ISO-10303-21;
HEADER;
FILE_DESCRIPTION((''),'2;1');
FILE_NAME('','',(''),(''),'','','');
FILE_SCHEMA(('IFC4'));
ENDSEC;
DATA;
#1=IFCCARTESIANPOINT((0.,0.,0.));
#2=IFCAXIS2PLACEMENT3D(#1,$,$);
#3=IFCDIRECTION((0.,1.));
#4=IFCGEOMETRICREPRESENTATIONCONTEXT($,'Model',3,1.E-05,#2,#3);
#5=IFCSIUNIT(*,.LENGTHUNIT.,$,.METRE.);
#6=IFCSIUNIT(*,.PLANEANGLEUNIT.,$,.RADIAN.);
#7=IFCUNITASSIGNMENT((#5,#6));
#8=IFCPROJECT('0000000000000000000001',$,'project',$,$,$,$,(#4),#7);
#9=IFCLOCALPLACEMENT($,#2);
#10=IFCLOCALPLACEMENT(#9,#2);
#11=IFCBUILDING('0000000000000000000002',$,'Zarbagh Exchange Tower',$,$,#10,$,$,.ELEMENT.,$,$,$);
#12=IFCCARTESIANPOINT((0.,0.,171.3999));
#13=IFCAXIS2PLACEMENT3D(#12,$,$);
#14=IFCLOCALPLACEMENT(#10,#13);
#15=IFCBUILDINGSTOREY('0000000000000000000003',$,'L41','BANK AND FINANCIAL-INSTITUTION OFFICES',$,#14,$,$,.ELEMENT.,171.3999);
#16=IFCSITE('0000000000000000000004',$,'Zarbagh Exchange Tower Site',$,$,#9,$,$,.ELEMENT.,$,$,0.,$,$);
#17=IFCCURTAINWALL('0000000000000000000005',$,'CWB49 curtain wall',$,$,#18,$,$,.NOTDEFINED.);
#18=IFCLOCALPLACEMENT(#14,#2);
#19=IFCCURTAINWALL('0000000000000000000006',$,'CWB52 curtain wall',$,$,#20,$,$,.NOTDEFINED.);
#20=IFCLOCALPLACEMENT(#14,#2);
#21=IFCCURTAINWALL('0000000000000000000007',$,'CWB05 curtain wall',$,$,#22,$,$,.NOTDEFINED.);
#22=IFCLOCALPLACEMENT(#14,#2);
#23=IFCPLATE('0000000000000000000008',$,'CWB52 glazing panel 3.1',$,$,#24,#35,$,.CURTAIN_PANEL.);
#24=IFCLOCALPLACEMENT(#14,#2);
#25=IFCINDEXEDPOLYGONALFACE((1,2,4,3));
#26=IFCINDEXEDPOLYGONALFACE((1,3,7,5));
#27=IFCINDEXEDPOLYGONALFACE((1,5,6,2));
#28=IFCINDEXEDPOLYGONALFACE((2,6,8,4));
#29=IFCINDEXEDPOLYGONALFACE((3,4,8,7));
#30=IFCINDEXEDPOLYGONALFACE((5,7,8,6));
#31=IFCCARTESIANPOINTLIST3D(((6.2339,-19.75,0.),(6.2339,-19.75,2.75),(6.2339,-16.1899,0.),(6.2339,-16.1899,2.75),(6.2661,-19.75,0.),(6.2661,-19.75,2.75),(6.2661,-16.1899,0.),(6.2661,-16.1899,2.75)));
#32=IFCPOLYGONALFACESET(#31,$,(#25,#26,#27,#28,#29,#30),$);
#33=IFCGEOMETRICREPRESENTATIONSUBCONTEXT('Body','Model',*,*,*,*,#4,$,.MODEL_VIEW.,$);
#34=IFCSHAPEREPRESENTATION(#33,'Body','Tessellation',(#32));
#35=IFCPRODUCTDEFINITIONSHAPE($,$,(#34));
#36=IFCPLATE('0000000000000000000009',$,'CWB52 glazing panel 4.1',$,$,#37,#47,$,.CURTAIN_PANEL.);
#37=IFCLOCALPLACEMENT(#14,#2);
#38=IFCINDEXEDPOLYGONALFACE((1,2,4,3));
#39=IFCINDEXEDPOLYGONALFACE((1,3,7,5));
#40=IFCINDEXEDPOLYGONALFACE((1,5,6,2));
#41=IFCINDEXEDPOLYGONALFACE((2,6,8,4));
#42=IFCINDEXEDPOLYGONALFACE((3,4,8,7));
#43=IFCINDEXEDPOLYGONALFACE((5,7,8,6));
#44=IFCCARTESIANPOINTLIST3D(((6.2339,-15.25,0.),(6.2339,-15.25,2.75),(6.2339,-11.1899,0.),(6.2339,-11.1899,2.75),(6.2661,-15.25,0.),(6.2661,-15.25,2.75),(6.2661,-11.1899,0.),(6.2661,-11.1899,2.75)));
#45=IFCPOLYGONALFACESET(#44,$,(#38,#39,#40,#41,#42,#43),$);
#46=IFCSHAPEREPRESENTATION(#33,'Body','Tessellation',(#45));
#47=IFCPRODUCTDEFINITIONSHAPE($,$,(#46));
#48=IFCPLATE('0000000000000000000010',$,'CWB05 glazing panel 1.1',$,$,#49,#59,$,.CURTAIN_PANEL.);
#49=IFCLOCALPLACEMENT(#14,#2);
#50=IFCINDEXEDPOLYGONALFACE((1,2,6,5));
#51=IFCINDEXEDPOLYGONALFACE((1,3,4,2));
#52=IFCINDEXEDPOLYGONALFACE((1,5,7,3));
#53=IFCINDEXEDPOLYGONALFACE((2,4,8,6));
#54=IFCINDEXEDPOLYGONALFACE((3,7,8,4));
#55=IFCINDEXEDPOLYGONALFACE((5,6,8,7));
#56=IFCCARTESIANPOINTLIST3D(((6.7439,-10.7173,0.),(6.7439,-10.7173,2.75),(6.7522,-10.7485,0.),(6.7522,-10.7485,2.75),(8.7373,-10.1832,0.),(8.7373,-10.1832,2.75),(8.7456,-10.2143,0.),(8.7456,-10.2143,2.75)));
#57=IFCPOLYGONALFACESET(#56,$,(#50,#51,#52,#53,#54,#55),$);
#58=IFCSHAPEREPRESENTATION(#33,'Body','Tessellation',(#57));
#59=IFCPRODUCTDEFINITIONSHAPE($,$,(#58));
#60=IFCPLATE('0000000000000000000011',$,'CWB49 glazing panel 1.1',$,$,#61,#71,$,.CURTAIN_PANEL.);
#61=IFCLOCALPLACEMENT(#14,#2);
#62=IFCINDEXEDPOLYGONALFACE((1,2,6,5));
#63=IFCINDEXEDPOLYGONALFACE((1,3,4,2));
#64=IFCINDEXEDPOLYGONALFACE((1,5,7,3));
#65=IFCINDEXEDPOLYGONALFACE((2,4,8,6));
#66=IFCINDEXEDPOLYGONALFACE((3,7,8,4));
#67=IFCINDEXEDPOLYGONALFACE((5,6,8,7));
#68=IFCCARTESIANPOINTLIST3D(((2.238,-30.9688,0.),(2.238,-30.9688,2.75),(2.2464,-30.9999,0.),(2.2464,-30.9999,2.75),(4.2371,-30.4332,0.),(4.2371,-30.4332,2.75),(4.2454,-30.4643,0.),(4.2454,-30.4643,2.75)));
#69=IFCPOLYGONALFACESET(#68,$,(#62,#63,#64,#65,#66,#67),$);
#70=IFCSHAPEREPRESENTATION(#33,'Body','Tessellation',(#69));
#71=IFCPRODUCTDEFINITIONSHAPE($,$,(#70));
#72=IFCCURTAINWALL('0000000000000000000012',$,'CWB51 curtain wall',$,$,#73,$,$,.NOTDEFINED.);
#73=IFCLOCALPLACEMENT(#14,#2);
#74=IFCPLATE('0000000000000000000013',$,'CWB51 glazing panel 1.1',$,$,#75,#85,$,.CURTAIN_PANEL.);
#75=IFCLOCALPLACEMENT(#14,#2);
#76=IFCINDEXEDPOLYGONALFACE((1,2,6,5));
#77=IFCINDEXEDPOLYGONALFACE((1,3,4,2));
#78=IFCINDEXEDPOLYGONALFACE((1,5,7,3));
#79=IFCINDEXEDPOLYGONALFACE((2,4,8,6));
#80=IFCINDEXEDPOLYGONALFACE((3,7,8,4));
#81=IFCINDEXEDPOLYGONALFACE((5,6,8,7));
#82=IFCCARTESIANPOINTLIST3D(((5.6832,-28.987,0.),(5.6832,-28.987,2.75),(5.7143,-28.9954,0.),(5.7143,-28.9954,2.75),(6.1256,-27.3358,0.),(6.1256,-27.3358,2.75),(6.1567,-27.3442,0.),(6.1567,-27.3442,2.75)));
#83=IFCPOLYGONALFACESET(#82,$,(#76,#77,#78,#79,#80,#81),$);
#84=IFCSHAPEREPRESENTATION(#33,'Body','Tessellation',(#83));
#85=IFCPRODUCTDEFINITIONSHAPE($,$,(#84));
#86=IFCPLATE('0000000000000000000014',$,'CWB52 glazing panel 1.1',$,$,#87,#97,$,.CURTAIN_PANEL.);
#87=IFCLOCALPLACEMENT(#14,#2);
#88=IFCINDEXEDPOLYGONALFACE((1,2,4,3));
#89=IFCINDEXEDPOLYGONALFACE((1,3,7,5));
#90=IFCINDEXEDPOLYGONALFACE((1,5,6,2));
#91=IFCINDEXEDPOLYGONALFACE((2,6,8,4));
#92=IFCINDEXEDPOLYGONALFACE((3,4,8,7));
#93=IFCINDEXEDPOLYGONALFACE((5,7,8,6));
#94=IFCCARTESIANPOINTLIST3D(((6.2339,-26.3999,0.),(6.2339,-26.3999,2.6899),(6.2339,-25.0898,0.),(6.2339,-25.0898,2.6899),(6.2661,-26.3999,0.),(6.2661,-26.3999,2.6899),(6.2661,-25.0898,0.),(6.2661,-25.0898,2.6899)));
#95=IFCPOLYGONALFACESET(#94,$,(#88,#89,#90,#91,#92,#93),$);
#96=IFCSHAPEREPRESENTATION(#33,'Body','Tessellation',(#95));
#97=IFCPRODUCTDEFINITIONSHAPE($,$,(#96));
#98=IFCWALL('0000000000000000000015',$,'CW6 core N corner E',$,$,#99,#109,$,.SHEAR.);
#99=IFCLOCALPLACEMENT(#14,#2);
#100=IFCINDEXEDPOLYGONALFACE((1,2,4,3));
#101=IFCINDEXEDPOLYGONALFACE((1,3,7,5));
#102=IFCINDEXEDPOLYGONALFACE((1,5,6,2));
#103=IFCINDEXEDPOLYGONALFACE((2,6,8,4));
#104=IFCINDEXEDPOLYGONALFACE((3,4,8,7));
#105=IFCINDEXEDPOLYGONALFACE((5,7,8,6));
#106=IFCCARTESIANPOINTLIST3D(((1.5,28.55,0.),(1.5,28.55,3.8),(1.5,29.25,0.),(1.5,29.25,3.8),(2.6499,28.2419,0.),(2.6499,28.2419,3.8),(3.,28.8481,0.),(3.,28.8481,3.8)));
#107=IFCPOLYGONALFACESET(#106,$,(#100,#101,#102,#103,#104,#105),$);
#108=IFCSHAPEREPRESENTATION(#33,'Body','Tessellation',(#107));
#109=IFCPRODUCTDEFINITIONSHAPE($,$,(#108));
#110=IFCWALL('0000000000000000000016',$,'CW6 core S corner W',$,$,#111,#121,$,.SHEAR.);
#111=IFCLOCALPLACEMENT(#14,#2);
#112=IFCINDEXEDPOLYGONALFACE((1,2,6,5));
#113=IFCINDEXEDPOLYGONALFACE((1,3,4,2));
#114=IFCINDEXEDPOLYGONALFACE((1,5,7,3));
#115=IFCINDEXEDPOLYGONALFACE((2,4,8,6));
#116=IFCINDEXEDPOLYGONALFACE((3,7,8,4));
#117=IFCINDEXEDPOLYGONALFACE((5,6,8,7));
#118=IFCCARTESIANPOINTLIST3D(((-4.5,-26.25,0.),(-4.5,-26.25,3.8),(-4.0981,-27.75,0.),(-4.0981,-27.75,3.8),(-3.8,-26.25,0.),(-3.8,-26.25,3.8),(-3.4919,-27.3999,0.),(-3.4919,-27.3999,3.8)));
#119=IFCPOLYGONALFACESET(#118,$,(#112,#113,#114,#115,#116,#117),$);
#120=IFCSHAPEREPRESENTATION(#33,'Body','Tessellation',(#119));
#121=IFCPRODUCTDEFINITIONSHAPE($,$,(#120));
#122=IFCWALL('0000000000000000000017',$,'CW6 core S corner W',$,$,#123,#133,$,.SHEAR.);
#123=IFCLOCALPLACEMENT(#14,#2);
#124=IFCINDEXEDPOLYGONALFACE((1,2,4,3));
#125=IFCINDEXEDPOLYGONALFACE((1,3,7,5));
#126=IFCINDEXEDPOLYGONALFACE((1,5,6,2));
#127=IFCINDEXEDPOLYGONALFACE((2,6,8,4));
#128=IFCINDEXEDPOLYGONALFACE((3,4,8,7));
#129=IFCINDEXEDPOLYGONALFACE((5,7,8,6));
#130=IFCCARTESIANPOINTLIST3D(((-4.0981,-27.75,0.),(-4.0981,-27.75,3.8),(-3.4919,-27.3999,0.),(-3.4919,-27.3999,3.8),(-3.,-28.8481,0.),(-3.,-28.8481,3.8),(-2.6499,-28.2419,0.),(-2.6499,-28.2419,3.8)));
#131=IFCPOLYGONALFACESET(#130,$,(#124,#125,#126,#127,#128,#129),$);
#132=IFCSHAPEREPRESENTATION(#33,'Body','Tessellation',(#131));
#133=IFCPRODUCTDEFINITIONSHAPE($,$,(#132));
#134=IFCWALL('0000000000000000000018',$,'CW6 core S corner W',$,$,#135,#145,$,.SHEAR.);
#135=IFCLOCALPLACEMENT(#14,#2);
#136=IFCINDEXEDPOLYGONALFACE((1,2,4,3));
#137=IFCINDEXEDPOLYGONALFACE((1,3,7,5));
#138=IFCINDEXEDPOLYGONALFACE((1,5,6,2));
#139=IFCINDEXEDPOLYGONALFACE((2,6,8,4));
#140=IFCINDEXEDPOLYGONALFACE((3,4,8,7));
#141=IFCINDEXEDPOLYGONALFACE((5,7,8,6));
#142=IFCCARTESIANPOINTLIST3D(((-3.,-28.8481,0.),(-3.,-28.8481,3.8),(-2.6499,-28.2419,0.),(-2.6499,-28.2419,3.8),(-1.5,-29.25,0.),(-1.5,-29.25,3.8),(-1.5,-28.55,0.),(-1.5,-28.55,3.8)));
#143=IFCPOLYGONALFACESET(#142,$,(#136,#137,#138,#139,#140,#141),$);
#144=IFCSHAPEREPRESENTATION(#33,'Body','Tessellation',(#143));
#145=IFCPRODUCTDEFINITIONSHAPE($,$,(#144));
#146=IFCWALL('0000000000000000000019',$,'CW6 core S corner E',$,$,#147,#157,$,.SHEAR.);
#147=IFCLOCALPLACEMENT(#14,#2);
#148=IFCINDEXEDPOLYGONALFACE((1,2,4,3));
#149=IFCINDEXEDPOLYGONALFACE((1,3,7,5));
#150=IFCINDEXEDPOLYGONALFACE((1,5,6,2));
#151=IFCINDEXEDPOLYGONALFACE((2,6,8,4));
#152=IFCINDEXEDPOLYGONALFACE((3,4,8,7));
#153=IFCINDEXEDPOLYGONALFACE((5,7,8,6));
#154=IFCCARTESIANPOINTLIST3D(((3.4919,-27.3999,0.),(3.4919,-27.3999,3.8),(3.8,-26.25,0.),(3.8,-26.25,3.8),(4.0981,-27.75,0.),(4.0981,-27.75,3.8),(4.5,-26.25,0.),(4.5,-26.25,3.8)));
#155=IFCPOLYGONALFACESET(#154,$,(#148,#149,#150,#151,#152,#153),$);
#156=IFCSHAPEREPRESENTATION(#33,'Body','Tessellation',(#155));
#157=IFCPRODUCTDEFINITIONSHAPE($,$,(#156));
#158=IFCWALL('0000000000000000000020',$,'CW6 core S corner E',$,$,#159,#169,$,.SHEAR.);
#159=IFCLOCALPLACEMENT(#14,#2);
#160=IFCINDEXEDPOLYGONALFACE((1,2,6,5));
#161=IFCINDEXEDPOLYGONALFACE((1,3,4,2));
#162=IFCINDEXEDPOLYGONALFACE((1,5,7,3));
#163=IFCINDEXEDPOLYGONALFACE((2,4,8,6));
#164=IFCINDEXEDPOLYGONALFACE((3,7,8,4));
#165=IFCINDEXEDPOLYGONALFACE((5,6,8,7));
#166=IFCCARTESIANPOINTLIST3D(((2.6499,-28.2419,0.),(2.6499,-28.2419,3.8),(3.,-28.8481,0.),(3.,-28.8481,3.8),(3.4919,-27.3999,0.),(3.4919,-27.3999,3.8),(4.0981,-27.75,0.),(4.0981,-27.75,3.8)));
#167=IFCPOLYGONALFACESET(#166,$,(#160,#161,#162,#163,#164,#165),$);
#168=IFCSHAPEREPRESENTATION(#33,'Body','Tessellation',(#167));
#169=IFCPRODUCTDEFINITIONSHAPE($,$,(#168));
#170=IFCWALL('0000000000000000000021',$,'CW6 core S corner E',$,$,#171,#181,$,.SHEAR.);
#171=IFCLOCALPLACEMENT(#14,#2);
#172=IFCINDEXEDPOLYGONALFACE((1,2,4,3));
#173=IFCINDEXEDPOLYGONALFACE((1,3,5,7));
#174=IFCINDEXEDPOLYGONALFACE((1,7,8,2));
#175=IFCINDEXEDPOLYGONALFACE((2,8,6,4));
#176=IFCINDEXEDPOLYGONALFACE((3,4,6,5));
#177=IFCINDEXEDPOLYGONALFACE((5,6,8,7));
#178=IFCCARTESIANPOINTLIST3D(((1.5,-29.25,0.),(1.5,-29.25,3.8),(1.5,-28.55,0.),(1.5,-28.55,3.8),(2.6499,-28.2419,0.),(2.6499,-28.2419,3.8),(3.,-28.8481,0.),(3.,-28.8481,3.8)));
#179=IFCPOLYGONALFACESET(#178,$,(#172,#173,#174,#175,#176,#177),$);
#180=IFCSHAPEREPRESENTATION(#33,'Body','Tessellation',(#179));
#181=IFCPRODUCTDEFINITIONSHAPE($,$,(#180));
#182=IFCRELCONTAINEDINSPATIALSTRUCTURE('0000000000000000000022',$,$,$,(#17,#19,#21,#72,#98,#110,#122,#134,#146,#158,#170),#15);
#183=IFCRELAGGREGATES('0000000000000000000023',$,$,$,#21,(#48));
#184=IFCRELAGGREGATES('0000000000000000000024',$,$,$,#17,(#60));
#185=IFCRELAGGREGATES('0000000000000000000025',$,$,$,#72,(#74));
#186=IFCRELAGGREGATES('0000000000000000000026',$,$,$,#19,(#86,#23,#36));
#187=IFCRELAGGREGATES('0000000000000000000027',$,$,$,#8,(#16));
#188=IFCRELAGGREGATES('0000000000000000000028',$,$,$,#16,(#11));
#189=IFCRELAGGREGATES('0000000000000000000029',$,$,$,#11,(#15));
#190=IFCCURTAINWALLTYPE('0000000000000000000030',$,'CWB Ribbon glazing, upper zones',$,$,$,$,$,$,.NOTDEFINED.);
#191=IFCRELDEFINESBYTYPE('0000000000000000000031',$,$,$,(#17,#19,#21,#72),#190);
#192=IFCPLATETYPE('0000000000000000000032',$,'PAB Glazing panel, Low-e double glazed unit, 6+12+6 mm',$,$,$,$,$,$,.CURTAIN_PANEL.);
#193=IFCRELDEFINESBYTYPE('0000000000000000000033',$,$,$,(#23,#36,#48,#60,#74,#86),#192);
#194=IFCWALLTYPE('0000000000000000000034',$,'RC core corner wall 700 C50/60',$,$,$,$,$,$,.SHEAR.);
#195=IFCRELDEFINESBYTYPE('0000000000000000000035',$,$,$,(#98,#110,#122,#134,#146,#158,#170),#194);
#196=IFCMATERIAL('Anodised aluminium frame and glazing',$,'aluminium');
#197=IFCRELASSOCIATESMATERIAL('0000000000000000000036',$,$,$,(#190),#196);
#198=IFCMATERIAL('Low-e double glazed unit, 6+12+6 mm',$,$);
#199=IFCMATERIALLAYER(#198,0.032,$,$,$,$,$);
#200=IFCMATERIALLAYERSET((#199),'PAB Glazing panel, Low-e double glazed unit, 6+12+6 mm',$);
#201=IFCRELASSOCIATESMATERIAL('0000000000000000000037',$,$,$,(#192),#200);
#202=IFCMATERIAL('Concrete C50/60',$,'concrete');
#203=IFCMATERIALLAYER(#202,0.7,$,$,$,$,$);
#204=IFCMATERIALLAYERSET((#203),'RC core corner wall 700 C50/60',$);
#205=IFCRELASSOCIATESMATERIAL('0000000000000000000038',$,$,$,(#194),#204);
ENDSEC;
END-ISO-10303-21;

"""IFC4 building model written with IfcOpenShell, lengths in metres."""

from ifc_helpers import new_model, si_unit, direction, frame, origin, place, context, subcontext, project, spatial, polyline, outline, extrude, source, transform, mapped, material, layer, layer_set, type_object, element, aggregate, save


model = new_model("IFC4")

# Units and contexts
model_context = context("Model", 3, precision=1e-05, world=origin(), true_north=direction((0.0, 1.0)))
body_context = subcontext(model_context, "Body", "Model", "MODEL_VIEW")
ifc_project = project(units=[si_unit("LENGTHUNIT", "METRE"), si_unit("PLANEANGLEUNIT", "RADIAN")], contexts=[model_context])

# Site, building, storey
site_placement = place(None, origin())
site = spatial("IfcSite", under=ifc_project, at=site_placement, Name="Zarbagh Exchange Tower Site", CompositionType="ELEMENT", RefElevation=0.0)
building_placement = place(site_placement, origin())
building = spatial("IfcBuilding", under=site, at=building_placement, Name="Zarbagh Exchange Tower", CompositionType="ELEMENT")
storey_placement = place(building_placement, frame((0.0, 0.0, 171.3999)))
storey = spatial("IfcBuildingStorey", under=building, at=storey_placement, Name="L41", Description="BANK AND FINANCIAL-INSTITUTION OFFICES", CompositionType="ELEMENT", Elevation=171.3999)

# Curtain wall
ifc_material_1 = material(Name="Anodised aluminium frame and glazing", Category="aluminium")
curtain_wall_type = type_object("IfcCurtainWallType", Name="CWB Ribbon glazing, upper zones", PredefinedType="NOTDEFINED", material=ifc_material_1)
curtain_wall_1_placement = place(storey_placement, origin())
curtain_wall_1 = element("IfcCurtainWall", 1, at=curtain_wall_1_placement, inside=storey, type_object=curtain_wall_type, Name="CWB49 curtain wall", PredefinedType="NOTDEFINED")
placement = place(storey_placement, origin())

# Curtain wall
curtain_wall_2_placement = place(storey_placement, origin())
curtain_wall_2 = element("IfcCurtainWall", 2, at=curtain_wall_2_placement, inside=storey, type_object=curtain_wall_type, Name="CWB52 curtain wall", PredefinedType="NOTDEFINED")

# Curtain wall
curtain_wall_3_placement = place(storey_placement, origin())
curtain_wall_3 = element("IfcCurtainWall", 3, at=curtain_wall_3_placement, inside=storey, type_object=curtain_wall_type, Name="CWB05 curtain wall", PredefinedType="NOTDEFINED")

# Shared definitions
ifc_material_2 = material(Name="Low-e double glazed unit, 6+12+6 mm")
ifc_layer_1 = layer(ifc_material_2, 0.032)
ifc_layer_set_1 = layer_set([ifc_layer_1], Name="PAB Glazing panel, Low-e double glazed unit, 6+12+6 mm")
plate_type = type_object("IfcPlateType", Name="PAB Glazing panel, Low-e double glazed unit, 6+12+6 mm", PredefinedType="CURTAIN_PANEL", material=ifc_layer_set_1)

# Plates
shared_shape_1 = source(origin(), body_context, "Body", "SweptSolid", [
    extrude(outline(polyline([(0.0, -0.0161), (3.5601, -0.0161), (3.5601, 0.0161), (0.0, 0.0161), (0.0, -0.0161)])), origin(), (0.0, 0.0, 1.0), 2.75),
])
plate_1 = element("IfcPlate", 4, at=placement, type_object=plate_type, Name="CWB52 glazing panel 3.1", PredefinedType="CURTAIN_PANEL", context=body_context, shape_type="MappedRepresentation", body=[
    mapped(shared_shape_1, transform((6.25, -19.75, 0.0), x_axis=(0.0, 1.0, 0.0), y_axis=(-1.0, 0.0, 0.0), z_axis=(0.0, 0.0, 1.0))),
])
shared_shape_2 = source(origin(), body_context, "Body", "SweptSolid", [
    extrude(outline(polyline([(0.0, -0.0161), (4.0601, -0.0161), (4.0601, 0.0161), (0.0, 0.0161), (0.0, -0.0161)])), origin(), (0.0, 0.0, 1.0), 2.75),
])
plate_2 = element("IfcPlate", 5, at=placement, type_object=plate_type, Name="CWB52 glazing panel 4.1", PredefinedType="CURTAIN_PANEL", context=body_context, shape_type="MappedRepresentation", body=[
    mapped(shared_shape_2, transform((6.25, -15.25, 0.0), x_axis=(0.0, 1.0, 0.0), y_axis=(-1.0, 0.0, 0.0), z_axis=(0.0, 0.0, 1.0))),
])
shared_shape_3 = source(origin(), body_context, "Body", "SweptSolid", [
    extrude(outline(polyline([(0.0, -0.0161), (2.0637, -0.0161), (2.0637, 0.0161), (0.0, 0.0161), (0.0, -0.0161)])), origin(), (0.0, 0.0, 1.0), 2.75),
])
plate_3 = element("IfcPlate", 6, at=placement, type_object=plate_type, Name="CWB05 glazing panel 1.1", PredefinedType="CURTAIN_PANEL", context=body_context, shape_type="MappedRepresentation", body=[
    mapped(shared_shape_3, transform((6.748, -10.7329, 0.0), x_axis=(0.965924, 0.258825, 0.0), y_axis=(-0.258825, 0.965924, 0.0), z_axis=(0.0, 0.0, 1.0))),
])
aggregate(curtain_wall_3, [plate_3])
shared_shape_4 = source(origin(), body_context, "Body", "SweptSolid", [
    extrude(outline(polyline([(0.0, -0.0161), (2.0696, -0.0161), (2.0696, 0.0161), (0.0, 0.0161), (0.0, -0.0161)])), origin(), (0.0, 0.0, 1.0), 2.75),
])
plate_4 = element("IfcPlate", 7, at=placement, type_object=plate_type, Name="CWB49 glazing panel 1.1", PredefinedType="CURTAIN_PANEL", context=body_context, shape_type="MappedRepresentation", body=[
    mapped(shared_shape_4, transform((2.2422, -30.9844, 0.0), x_axis=(0.965924, 0.258825, 0.0), y_axis=(-0.258825, 0.965924, 0.0), z_axis=(0.0, 0.0, 1.0))),
])
aggregate(curtain_wall_1, [plate_4])

# Curtain wall, plate
curtain_wall_4_placement = place(storey_placement, origin())
curtain_wall_4 = element("IfcCurtainWall", 8, at=curtain_wall_4_placement, inside=storey, type_object=curtain_wall_type, Name="CWB51 curtain wall", PredefinedType="NOTDEFINED")
shared_shape_5 = source(origin(), body_context, "Body", "SweptSolid", [
    extrude(outline(polyline([(0.0, -0.0161), (1.7095, -0.0161), (1.7095, 0.0161), (0.0, 0.0161), (0.0, -0.0161)])), origin(), (0.0, 0.0, 1.0), 2.75),
])
plate_5 = element("IfcPlate", 9, at=placement, type_object=plate_type, Name="CWB51 glazing panel 1.1", PredefinedType="CURTAIN_PANEL", context=body_context, shape_type="MappedRepresentation", body=[
    mapped(shared_shape_5, transform((5.6987, -28.9912, 0.0), x_axis=(0.258825, 0.965924, 0.0), y_axis=(-0.965924, 0.258825, 0.0), z_axis=(0.0, 0.0, 1.0))),
])
aggregate(curtain_wall_4, [plate_5])

# Plate
shared_shape_6 = source(origin(), body_context, "Body", "SweptSolid", [
    extrude(outline(polyline([(0.0, -0.0161), (1.3101, -0.0161), (1.3101, 0.0161), (0.0, 0.0161), (0.0, -0.0161)])), origin(), (0.0, 0.0, 1.0), 2.6899),
])
plate_6 = element("IfcPlate", 10, at=placement, type_object=plate_type, Name="CWB52 glazing panel 1.1", PredefinedType="CURTAIN_PANEL", context=body_context, shape_type="MappedRepresentation", body=[
    mapped(shared_shape_6, transform((6.25, -26.3999, 0.0), x_axis=(0.0, 1.0, 0.0), y_axis=(-1.0, 0.0, 0.0), z_axis=(0.0, 0.0, 1.0))),
])
aggregate(curtain_wall_2, [plate_6, plate_1, plate_2])

# Walls
ifc_material_3 = material(Name="Concrete C50/60", Category="concrete")
ifc_layer_2 = layer(ifc_material_3, 0.7)
ifc_layer_set_2 = layer_set([ifc_layer_2], Name="RC core corner wall 700 C50/60")
wall_type = type_object("IfcWallType", Name="RC core corner wall 700 C50/60", PredefinedType="SHEAR", material=ifc_layer_set_2)
wall_1_placement = place(storey_placement, origin())
element("IfcWall", 11, at=wall_1_placement, inside=storey, type_object=wall_type, Name="CW6 core N corner E", PredefinedType="SHEAR", context=body_context, shape_type="SweptSolid", body=[
    extrude(outline(polyline([(3.0, 28.8481), (1.5, 29.25), (1.5, 28.55), (2.6499, 28.2419), (3.0, 28.8481)])), origin(), (0.0, 0.0, 1.0), 3.8),
])
wall_2_placement = place(storey_placement, origin())
element("IfcWall", 12, at=wall_2_placement, inside=storey, type_object=wall_type, Name="CW6 core S corner W", PredefinedType="SHEAR", context=body_context, shape_type="SweptSolid", body=[
    extrude(outline(polyline([(-4.5, -26.25), (-4.0981, -27.75), (-3.4919, -27.3999), (-3.8, -26.25), (-4.5, -26.25)])), origin(), (0.0, 0.0, 1.0), 3.8),
])
wall_3_placement = place(storey_placement, origin())
element("IfcWall", 13, at=wall_3_placement, inside=storey, type_object=wall_type, Name="CW6 core S corner W", PredefinedType="SHEAR", context=body_context, shape_type="SweptSolid", body=[
    extrude(outline(polyline([(-4.0981, -27.75), (-3.0, -28.8481), (-2.6499, -28.2419), (-3.4919, -27.3999), (-4.0981, -27.75)])), origin(), (0.0, 0.0, 1.0), 3.8),
])
wall_4_placement = place(storey_placement, origin())
element("IfcWall", 14, at=wall_4_placement, inside=storey, type_object=wall_type, Name="CW6 core S corner W", PredefinedType="SHEAR", context=body_context, shape_type="SweptSolid", body=[
    extrude(outline(polyline([(-3.0, -28.8481), (-1.5, -29.25), (-1.5, -28.55), (-2.6499, -28.2419), (-3.0, -28.8481)])), origin(), (0.0, 0.0, 1.0), 3.8),
])
wall_5_placement = place(storey_placement, origin())
element("IfcWall", 15, at=wall_5_placement, inside=storey, type_object=wall_type, Name="CW6 core S corner E", PredefinedType="SHEAR", context=body_context, shape_type="SweptSolid", body=[
    extrude(outline(polyline([(4.5, -26.25), (4.0981, -27.75), (3.4919, -27.3999), (3.8, -26.25), (4.5, -26.25)])), origin(), (0.0, 0.0, 1.0), 3.8),
])
wall_6_placement = place(storey_placement, origin())
element("IfcWall", 16, at=wall_6_placement, inside=storey, type_object=wall_type, Name="CW6 core S corner E", PredefinedType="SHEAR", context=body_context, shape_type="SweptSolid", body=[
    extrude(outline(polyline([(4.0981, -27.75), (3.0, -28.8481), (2.6499, -28.2419), (3.4919, -27.3999), (4.0981, -27.75)])), origin(), (0.0, 0.0, 1.0), 3.8),
])
wall_7_placement = place(storey_placement, origin())
element("IfcWall", 17, at=wall_7_placement, inside=storey, type_object=wall_type, Name="CW6 core S corner E", PredefinedType="SHEAR", context=body_context, shape_type="SweptSolid", body=[
    extrude(outline(polyline([(3.0, -28.8481), (1.5, -29.25), (1.5, -28.55), (2.6499, -28.2419), (3.0, -28.8481)])), origin(), (0.0, 0.0, 1.0), 3.8),
])

save(model, "model.ifc")
